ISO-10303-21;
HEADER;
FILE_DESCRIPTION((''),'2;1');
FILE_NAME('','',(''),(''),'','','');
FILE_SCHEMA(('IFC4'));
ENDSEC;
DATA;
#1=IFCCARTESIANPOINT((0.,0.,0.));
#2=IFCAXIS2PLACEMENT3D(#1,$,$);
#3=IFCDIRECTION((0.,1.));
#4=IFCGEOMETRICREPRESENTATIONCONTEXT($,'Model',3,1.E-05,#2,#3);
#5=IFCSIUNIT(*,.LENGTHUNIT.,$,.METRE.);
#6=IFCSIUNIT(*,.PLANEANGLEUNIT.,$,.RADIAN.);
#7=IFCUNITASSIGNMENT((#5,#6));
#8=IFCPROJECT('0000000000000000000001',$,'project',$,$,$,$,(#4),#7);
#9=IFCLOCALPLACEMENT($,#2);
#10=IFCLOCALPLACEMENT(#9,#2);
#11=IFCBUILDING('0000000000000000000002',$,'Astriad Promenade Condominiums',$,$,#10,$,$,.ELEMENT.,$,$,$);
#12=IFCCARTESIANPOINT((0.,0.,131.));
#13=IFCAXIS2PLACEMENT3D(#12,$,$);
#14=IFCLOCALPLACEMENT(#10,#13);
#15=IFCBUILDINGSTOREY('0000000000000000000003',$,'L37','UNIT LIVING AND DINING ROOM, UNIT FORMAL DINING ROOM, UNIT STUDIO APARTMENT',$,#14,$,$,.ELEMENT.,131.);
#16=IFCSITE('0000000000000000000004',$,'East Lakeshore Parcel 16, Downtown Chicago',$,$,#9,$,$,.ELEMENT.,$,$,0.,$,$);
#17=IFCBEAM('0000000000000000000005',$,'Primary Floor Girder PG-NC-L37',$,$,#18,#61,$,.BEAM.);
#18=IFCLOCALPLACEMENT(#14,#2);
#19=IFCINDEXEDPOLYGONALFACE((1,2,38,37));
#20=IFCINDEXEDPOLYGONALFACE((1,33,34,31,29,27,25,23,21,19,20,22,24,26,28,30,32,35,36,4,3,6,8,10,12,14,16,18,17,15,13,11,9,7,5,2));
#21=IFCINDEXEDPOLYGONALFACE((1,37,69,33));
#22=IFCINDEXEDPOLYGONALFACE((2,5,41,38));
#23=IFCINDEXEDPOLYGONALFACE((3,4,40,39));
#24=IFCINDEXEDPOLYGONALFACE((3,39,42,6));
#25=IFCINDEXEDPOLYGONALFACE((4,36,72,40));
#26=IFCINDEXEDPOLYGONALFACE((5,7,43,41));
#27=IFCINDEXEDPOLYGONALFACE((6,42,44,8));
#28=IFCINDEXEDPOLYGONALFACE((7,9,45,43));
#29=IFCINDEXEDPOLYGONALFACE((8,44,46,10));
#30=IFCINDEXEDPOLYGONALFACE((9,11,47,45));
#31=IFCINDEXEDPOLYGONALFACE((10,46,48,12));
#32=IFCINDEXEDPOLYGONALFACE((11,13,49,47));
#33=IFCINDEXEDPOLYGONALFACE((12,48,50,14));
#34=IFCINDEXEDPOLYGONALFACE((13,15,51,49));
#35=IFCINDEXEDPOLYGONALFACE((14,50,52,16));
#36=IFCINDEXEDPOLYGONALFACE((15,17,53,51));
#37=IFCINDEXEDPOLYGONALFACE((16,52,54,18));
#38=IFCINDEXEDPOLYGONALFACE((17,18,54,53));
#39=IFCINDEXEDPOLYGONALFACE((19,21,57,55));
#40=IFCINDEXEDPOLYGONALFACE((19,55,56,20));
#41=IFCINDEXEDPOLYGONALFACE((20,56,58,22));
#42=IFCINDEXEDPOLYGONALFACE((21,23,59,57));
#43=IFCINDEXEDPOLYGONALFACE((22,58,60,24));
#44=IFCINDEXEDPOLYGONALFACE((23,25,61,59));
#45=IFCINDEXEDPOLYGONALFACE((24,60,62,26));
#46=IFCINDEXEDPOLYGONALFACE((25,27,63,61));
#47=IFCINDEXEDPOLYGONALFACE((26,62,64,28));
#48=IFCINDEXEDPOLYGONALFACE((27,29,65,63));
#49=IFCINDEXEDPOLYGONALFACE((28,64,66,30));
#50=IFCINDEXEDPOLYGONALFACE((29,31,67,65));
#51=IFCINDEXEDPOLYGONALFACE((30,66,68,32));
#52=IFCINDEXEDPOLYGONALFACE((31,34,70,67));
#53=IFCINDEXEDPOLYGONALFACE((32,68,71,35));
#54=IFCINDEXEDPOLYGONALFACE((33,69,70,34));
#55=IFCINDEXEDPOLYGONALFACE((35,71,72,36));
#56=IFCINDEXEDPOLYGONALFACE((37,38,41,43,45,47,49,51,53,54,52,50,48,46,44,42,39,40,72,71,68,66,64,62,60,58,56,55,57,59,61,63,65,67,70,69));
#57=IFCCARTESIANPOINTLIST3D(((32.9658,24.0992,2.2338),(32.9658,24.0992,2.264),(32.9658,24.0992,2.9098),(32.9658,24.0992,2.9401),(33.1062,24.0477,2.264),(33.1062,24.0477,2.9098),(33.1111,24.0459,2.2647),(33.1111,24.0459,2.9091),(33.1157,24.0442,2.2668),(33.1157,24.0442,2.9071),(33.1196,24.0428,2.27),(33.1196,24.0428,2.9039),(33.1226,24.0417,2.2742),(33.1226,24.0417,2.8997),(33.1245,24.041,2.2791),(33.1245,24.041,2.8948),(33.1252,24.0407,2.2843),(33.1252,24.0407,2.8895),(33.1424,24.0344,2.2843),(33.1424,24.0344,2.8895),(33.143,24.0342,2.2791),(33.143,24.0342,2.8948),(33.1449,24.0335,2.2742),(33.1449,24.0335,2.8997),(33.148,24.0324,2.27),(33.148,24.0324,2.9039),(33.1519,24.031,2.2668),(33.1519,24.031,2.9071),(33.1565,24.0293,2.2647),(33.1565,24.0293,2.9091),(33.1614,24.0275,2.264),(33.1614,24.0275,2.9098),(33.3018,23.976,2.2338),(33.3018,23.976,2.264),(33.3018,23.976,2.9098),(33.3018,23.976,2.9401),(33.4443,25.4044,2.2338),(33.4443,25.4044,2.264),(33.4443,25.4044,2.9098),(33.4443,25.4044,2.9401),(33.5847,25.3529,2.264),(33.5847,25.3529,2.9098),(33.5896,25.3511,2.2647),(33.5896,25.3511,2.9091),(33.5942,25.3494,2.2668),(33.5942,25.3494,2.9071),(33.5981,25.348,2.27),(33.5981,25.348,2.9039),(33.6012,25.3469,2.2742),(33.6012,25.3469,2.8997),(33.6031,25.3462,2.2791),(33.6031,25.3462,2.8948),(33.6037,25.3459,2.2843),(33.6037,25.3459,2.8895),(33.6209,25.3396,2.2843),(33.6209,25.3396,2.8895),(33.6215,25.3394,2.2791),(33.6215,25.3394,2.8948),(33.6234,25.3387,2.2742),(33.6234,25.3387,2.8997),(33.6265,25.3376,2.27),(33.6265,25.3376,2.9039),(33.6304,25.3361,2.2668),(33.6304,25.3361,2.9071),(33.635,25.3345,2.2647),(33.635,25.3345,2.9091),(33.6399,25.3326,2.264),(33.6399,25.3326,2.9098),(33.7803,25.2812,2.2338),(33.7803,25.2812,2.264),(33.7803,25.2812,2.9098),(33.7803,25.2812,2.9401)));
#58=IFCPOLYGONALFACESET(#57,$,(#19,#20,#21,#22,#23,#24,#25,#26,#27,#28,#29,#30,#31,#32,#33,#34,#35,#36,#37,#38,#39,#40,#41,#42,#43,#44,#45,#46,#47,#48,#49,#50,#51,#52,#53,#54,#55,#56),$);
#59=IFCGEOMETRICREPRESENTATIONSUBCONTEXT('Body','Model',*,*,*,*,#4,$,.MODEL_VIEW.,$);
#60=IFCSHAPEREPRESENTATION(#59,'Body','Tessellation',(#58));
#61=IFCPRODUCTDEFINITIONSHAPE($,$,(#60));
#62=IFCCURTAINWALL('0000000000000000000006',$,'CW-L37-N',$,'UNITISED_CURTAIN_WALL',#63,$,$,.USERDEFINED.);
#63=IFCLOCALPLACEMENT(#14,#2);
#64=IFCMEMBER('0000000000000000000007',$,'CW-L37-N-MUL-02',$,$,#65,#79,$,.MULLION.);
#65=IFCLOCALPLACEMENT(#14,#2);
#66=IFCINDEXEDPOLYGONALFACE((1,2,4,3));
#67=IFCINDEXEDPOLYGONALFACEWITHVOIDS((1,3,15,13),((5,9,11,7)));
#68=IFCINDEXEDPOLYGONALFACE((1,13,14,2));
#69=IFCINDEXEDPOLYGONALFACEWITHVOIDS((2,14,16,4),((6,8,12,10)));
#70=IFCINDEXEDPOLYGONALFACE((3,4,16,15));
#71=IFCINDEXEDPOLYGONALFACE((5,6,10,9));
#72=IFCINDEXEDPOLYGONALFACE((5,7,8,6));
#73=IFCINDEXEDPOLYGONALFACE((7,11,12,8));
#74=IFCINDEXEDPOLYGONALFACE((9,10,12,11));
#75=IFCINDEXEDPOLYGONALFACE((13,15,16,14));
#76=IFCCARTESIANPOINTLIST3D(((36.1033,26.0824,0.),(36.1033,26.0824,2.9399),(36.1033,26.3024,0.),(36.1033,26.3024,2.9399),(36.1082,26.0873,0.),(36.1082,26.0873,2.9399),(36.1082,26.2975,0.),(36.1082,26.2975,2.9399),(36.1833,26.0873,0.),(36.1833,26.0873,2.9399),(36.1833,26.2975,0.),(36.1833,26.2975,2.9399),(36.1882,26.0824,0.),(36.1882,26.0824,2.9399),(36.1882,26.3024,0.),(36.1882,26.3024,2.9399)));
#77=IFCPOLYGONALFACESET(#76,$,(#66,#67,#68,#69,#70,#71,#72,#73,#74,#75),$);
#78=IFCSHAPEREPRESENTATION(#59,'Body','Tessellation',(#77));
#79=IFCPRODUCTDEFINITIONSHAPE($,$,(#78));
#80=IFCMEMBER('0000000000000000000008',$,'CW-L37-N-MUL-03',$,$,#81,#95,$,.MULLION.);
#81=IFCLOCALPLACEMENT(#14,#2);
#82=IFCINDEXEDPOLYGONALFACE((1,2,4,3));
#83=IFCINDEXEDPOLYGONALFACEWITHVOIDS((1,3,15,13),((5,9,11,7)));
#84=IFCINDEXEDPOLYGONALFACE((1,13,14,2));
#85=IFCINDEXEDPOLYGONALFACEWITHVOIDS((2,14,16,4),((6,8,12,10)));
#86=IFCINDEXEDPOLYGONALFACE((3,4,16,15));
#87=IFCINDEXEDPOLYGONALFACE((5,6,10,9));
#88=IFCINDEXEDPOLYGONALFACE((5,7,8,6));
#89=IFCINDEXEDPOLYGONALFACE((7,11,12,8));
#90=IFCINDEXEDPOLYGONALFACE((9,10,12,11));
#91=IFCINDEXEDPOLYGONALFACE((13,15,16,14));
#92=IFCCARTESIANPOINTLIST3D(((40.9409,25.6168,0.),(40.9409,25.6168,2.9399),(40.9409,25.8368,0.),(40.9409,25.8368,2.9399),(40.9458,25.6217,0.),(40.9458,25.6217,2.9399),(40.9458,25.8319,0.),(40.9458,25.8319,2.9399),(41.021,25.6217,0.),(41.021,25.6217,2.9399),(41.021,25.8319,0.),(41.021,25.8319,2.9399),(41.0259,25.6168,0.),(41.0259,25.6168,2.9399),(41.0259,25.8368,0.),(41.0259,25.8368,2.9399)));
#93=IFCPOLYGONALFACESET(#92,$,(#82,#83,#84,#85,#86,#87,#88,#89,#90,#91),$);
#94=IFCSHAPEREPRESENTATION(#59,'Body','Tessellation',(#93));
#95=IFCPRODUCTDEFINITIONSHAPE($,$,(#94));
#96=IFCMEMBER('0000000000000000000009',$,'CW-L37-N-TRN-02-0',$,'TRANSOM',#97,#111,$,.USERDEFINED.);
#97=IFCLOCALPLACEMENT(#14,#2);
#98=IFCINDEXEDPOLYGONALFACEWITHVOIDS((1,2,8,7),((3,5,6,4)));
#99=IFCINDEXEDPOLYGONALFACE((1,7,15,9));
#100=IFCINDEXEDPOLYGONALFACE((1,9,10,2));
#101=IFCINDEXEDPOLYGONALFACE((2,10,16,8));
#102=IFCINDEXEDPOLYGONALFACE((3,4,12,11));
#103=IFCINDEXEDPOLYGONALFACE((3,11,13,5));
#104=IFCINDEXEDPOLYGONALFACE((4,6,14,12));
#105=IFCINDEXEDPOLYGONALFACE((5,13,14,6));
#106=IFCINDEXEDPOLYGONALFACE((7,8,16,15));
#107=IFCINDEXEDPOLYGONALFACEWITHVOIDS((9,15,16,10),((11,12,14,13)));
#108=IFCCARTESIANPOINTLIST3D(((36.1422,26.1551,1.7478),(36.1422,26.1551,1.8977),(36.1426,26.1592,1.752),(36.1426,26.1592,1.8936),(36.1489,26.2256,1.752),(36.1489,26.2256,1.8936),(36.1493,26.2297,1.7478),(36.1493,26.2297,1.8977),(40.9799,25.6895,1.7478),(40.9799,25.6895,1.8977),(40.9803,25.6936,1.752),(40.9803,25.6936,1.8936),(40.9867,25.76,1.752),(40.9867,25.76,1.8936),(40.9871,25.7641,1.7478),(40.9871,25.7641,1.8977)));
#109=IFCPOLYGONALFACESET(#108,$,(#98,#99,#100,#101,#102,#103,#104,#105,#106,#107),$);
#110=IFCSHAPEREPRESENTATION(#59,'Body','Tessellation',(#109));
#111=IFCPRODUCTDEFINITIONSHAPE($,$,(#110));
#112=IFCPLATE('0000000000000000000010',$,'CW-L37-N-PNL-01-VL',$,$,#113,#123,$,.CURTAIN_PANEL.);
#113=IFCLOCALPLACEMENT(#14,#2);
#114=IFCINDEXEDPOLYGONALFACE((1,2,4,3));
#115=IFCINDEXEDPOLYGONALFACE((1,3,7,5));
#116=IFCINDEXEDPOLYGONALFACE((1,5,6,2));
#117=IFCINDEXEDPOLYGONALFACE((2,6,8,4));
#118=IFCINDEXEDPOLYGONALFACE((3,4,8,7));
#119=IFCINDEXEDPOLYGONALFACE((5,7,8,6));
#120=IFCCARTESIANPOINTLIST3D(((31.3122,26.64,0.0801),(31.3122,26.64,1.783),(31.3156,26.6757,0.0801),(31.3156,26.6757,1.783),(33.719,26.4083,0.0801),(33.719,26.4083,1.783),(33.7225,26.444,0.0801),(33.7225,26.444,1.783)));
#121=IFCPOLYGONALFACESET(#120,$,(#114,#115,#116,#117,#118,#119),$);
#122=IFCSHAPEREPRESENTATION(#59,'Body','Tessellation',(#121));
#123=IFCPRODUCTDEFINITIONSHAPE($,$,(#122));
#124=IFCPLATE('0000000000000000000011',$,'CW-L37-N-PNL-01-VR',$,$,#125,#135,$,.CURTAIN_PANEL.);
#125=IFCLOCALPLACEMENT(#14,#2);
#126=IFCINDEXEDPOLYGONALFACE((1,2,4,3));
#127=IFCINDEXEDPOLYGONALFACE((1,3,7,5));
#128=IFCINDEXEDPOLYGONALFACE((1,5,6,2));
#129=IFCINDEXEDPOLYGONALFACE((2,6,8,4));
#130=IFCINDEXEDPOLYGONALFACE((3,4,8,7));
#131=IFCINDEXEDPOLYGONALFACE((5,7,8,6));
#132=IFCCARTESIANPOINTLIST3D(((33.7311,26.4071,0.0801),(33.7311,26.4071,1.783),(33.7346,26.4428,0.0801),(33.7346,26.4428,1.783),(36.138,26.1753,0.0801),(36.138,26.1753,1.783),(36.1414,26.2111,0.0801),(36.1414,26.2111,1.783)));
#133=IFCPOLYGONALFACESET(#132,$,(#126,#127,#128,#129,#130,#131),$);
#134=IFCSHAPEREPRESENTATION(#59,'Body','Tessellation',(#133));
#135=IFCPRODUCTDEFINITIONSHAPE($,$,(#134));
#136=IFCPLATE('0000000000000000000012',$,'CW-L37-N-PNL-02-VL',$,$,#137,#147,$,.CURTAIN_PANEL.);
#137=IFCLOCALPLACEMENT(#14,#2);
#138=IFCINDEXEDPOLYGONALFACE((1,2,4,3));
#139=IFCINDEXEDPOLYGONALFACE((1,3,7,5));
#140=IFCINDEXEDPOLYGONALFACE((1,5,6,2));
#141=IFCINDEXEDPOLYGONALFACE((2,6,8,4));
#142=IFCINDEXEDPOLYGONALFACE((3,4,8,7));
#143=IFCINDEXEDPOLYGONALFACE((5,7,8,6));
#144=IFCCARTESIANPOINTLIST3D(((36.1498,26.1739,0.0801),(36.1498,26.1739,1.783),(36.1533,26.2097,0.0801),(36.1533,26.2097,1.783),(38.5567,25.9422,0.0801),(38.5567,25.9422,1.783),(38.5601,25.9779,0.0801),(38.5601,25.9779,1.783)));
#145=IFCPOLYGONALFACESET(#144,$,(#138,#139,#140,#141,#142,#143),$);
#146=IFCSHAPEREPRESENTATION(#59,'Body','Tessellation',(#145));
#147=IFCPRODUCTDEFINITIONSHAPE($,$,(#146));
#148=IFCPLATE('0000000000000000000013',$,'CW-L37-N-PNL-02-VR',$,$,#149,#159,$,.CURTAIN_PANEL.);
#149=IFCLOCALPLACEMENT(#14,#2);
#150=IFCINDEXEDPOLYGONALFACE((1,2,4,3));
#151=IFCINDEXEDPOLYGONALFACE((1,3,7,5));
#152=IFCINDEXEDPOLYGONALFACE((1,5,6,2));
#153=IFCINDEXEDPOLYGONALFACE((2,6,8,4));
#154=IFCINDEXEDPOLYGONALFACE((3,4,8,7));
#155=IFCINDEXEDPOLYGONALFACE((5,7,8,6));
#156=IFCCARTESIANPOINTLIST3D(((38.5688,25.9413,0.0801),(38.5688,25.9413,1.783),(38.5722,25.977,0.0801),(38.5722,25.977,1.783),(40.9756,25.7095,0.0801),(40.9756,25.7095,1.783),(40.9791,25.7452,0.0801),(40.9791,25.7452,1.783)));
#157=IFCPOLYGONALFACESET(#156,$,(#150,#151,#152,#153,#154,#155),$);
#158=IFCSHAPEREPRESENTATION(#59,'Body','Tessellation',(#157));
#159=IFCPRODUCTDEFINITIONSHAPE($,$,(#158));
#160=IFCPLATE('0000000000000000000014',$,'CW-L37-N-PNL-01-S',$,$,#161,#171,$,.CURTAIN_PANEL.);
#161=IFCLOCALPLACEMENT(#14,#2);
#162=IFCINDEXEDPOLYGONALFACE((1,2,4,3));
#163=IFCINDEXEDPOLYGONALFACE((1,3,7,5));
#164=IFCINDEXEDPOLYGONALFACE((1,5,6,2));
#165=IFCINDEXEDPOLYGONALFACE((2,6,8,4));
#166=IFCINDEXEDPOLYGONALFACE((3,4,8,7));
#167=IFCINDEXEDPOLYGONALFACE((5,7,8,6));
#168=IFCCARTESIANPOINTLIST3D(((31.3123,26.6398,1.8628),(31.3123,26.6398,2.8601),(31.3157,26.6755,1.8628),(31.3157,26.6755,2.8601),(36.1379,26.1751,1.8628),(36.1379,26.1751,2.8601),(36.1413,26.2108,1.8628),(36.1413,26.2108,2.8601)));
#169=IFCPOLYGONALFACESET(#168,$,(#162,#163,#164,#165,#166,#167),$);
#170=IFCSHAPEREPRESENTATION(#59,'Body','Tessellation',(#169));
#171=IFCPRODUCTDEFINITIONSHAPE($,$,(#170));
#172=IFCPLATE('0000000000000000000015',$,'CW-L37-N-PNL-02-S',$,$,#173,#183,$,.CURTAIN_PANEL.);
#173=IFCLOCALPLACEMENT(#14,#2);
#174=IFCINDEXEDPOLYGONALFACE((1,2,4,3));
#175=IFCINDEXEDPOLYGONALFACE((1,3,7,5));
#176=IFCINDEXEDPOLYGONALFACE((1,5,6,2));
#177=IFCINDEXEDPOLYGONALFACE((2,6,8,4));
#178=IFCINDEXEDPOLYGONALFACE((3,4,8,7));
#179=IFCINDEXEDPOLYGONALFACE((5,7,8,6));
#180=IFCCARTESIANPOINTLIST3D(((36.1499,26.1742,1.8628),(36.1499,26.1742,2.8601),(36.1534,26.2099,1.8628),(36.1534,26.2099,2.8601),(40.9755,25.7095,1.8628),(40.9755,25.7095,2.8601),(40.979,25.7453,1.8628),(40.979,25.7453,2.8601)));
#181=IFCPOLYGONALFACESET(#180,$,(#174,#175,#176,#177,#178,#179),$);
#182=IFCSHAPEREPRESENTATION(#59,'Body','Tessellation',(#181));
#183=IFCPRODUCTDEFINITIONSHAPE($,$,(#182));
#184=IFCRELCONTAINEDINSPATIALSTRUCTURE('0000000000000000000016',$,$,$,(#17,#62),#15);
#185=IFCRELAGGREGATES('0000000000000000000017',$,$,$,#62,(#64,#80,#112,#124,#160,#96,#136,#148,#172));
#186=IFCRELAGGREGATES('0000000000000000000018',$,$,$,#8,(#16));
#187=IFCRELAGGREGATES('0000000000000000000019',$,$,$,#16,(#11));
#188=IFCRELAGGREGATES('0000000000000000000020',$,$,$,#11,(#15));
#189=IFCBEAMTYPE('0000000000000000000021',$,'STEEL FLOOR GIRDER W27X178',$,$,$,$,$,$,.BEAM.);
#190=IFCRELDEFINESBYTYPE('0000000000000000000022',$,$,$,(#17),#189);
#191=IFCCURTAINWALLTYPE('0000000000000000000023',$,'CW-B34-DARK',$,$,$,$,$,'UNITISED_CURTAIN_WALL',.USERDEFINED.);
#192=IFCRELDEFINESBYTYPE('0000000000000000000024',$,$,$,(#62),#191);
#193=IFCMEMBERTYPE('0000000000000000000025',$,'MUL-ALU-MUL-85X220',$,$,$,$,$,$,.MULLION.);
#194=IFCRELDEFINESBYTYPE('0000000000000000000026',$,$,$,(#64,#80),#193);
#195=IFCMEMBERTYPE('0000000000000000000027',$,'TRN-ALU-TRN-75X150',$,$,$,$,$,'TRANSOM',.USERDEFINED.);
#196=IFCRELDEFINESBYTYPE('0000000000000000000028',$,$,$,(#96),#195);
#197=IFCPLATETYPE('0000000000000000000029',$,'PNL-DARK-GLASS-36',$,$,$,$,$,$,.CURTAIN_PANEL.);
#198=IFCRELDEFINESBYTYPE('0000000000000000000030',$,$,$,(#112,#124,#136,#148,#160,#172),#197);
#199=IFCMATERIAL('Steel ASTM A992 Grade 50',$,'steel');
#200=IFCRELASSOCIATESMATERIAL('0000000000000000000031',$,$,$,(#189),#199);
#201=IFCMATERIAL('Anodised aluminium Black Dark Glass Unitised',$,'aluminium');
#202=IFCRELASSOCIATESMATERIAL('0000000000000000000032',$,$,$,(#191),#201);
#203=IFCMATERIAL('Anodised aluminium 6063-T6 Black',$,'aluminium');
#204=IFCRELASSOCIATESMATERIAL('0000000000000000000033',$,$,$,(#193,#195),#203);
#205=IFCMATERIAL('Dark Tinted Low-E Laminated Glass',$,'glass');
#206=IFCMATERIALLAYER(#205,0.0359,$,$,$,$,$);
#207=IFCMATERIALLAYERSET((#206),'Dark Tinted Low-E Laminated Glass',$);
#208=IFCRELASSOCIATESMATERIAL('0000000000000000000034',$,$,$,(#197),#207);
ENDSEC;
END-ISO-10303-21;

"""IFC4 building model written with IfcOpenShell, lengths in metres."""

from ifc_helpers import new_model, si_unit, direction, frame, origin, origin_2d, place, context, subcontext, project, spatial, rectangle, hollow_rectangle, i_section, extrude, source, transform, mapped, material, layer, layer_set, material_profile, profile_set, type_object, type_shapes, element, aggregate, save


model = new_model("IFC4")

# Units and contexts
model_context = context("Model", 3, precision=1e-05, world=origin(), true_north=direction((0.0, 1.0)))
body_context = subcontext(model_context, "Body", "Model", "MODEL_VIEW")
ifc_project = project(units=[si_unit("LENGTHUNIT", "METRE"), si_unit("PLANEANGLEUNIT", "RADIAN")], contexts=[model_context])

# Site, building, storey
site_placement = place(None, origin())
site = spatial("IfcSite", under=ifc_project, at=site_placement, Name="East Lakeshore Parcel 16, Downtown Chicago", CompositionType="ELEMENT", RefElevation=0.0)
building_placement = place(site_placement, origin())
building = spatial("IfcBuilding", under=site, at=building_placement, Name="Astriad Promenade Condominiums", CompositionType="ELEMENT")
storey_placement = place(building_placement, frame((0.0, 0.0, 131.0)))
storey = spatial("IfcBuildingStorey", under=building, at=storey_placement, Name="L37", Description="UNIT LIVING AND DINING ROOM, UNIT FORMAL DINING ROOM, UNIT STUDIO APARTMENT", CompositionType="ELEMENT", Elevation=131.0)

# Shared definitions
ifc_material_1 = material(Name="Steel ASTM A992 Grade 50", Category="steel")

# Beam
ifc_material_profile_1 = material_profile(ifc_material_1, i_section(OverallWidth=0.3579, OverallDepth=0.7063, WebThickness=0.0183, FlangeThickness=0.0303, FilletRadius=0.0203, at=origin_2d()), Name="W27X178")
ifc_profile_set_1 = profile_set([ifc_material_profile_1], Name="Steel ASTM A992 Grade 50")
beam_type_1 = type_object("IfcBeamType", Name="STEEL FLOOR GIRDER W27X178", PredefinedType="BEAM", material=ifc_profile_set_1)
shared_shape_1 = source(origin(), body_context, "Body", "SweptSolid", [
    extrude(i_section(OverallWidth=0.3579, OverallDepth=0.7063, WebThickness=0.0183, FlangeThickness=0.0303, FilletRadius=0.0203, at=origin_2d()), origin(), (0.0, 0.0, 1.0), 1.3901),
])
type_shapes(beam_type_1, [shared_shape_1])
beam_1_placement = place(storey_placement, frame((33.6123, 25.3428, 2.5869), z_axis=(-0.344224, -0.938888, 0.0), x_axis=(0.938888, -0.344224, 0.0)))
element("IfcBeam", 1, at=beam_1_placement, inside=storey, type_object=beam_type_1, Name="Primary Floor Girder PG-NC-L37", PredefinedType="BEAM", context=body_context, shape_type="MappedRepresentation", body=[
    mapped(shared_shape_1, transform((0.0, 0.0, 0.0), scale=1.0)),
])

# Curtain wall, members, plates
ifc_material_2 = material(Name="Anodised aluminium Black Dark Glass Unitised", Category="aluminium")
curtain_wall_type = type_object("IfcCurtainWallType", Name="CW-B34-DARK", ElementType="UNITISED_CURTAIN_WALL", PredefinedType="USERDEFINED", material=ifc_material_2)
curtain_wall_placement = place(storey_placement, origin())
curtain_wall = element("IfcCurtainWall", 2, at=curtain_wall_placement, inside=storey, type_object=curtain_wall_type, Name="CW-L37-N", ObjectType="UNITISED_CURTAIN_WALL", PredefinedType="USERDEFINED")
ifc_material_3 = material(Name="Anodised aluminium 6063-T6 Black", Category="aluminium")
ifc_material_profile_2 = material_profile(ifc_material_3, hollow_rectangle(XDim=0.085, YDim=0.22, WallThickness=0.0049, at=origin_2d()), Name="ALU-MUL-85X220")
ifc_profile_set_2 = profile_set([ifc_material_profile_2], Name="Anodised aluminium 6063-T6 Black")
member_type_1 = type_object("IfcMemberType", Name="MUL-ALU-MUL-85X220", PredefinedType="MULLION", material=ifc_profile_set_2)
shared_shape_2 = source(origin(), body_context, "Body", "SweptSolid", [
    extrude(hollow_rectangle(XDim=0.085, YDim=0.22, WallThickness=0.0049, at=origin_2d()), origin(), (0.0, 0.0, 1.0), 2.9399),
])
type_shapes(member_type_1, [shared_shape_2])
member_1_placement = place(storey_placement, frame((36.1458, 26.1924, 0.0), z_axis=(0.0, 0.0, 1.0), x_axis=(1.0, 0.0, 0.0)))
member_1 = element("IfcMember", 3, at=member_1_placement, type_object=member_type_1, Name="CW-L37-N-MUL-02", PredefinedType="MULLION", context=body_context, shape_type="MappedRepresentation", body=[
    mapped(shared_shape_2, transform((0.0, 0.0, 0.0), scale=1.0)),
])
member_2_placement = place(storey_placement, frame((40.9834, 25.7268, 0.0), z_axis=(0.0, 0.0, 1.0), x_axis=(1.0, 0.0, 0.0)))
member_2 = element("IfcMember", 4, at=member_2_placement, type_object=member_type_1, Name="CW-L37-N-MUL-03", PredefinedType="MULLION", context=body_context, shape_type="MappedRepresentation", body=[
    mapped(shared_shape_2, transform((0.0, 0.0, 0.0), scale=1.0)),
])
ifc_material_profile_3 = material_profile(ifc_material_3, hollow_rectangle(XDim=0.075, YDim=0.1499, WallThickness=0.0042, at=origin_2d()), Name="ALU-TRN-75X150")
ifc_profile_set_3 = profile_set([ifc_material_profile_3], Name="Anodised aluminium 6063-T6 Black")
member_type_2 = type_object("IfcMemberType", Name="TRN-ALU-TRN-75X150", ElementType="TRANSOM", PredefinedType="USERDEFINED", material=ifc_profile_set_3)
shared_shape_3 = source(origin(), body_context, "Body", "SweptSolid", [
    extrude(hollow_rectangle(XDim=0.075, YDim=0.1499, WallThickness=0.0042, at=origin_2d()), origin(), (0.0, 0.0, 1.0), 4.8601),
])
type_shapes(member_type_2, [shared_shape_3])
member_3_placement = place(storey_placement, frame((36.1458, 26.1924, 1.8228), z_axis=(0.995401, -0.095798, 0.0), x_axis=(0.095798, 0.995401, 0.0)))
member_3 = element("IfcMember", 5, at=member_3_placement, type_object=member_type_2, Name="CW-L37-N-TRN-02-0", ObjectType="TRANSOM", PredefinedType="USERDEFINED", context=body_context, shape_type="MappedRepresentation", body=[
    mapped(shared_shape_3, transform((0.0, 0.0, 0.0), scale=1.0)),
])
ifc_material_4 = material(Name="Dark Tinted Low-E Laminated Glass", Category="glass")
ifc_layer_1 = layer(ifc_material_4, 0.0359)
ifc_layer_set_1 = layer_set([ifc_layer_1], Name="Dark Tinted Low-E Laminated Glass")
plate_type = type_object("IfcPlateType", Name="PNL-DARK-GLASS-36", PredefinedType="CURTAIN_PANEL", material=ifc_layer_set_1)
shared_shape_4 = source(origin(), body_context, "Body", "SweptSolid", [
    extrude(rectangle(XDim=2.418, YDim=0.0359, at=origin_2d()), origin(), (0.0, 0.0, 1.0), 1.7029),
])
plate_1_placement = place(storey_placement, frame((32.5173, 26.542, 0.0801), z_axis=(0.0, 0.0, 1.0), x_axis=(0.995396, -0.095846, 0.0)))
plate_1 = element("IfcPlate", 6, at=plate_1_placement, type_object=plate_type, Name="CW-L37-N-PNL-01-VL", PredefinedType="CURTAIN_PANEL", context=body_context, shape_type="MappedRepresentation", body=[
    mapped(shared_shape_4, transform((0.0, 0.0, 0.0), scale=1.0)),
])
plate_2_placement = place(storey_placement, frame((34.9363, 26.3091, 0.0801), z_axis=(0.0, 0.0, 1.0), x_axis=(0.995396, -0.095846, 0.0)))
plate_2 = element("IfcPlate", 7, at=plate_2_placement, type_object=plate_type, Name="CW-L37-N-PNL-01-VR", PredefinedType="CURTAIN_PANEL", context=body_context, shape_type="MappedRepresentation", body=[
    mapped(shared_shape_4, transform((0.0, 0.0, 0.0), scale=1.0)),
])
plate_3_placement = place(storey_placement, frame((37.355, 26.0759, 0.0801), z_axis=(0.0, 0.0, 1.0), x_axis=(0.995396, -0.095846, 0.0)))
plate_3 = element("IfcPlate", 8, at=plate_3_placement, type_object=plate_type, Name="CW-L37-N-PNL-02-VL", PredefinedType="CURTAIN_PANEL", context=body_context, shape_type="MappedRepresentation", body=[
    mapped(shared_shape_4, transform((0.0, 0.0, 0.0), scale=1.0)),
])
plate_4_placement = place(storey_placement, frame((39.7739, 25.8433, 0.0801), z_axis=(0.0, 0.0, 1.0), x_axis=(0.995396, -0.095846, 0.0)))
plate_4 = element("IfcPlate", 9, at=plate_4_placement, type_object=plate_type, Name="CW-L37-N-PNL-02-VR", PredefinedType="CURTAIN_PANEL", context=body_context, shape_type="MappedRepresentation", body=[
    mapped(shared_shape_4, transform((0.0, 0.0, 0.0), scale=1.0)),
])
shared_shape_5 = source(origin(), body_context, "Body", "SweptSolid", [
    extrude(rectangle(XDim=4.8479, YDim=0.0359, at=origin_2d()), origin(), (0.0, 0.0, 1.0), 0.9973),
])
type_shapes(plate_type, [shared_shape_4, shared_shape_5])
plate_5_placement = place(storey_placement, frame((33.7268, 26.4253, 1.8628), z_axis=(0.0, 0.0, 1.0), x_axis=(0.995396, -0.095846, 0.0)))
plate_5 = element("IfcPlate", 10, at=plate_5_placement, type_object=plate_type, Name="CW-L37-N-PNL-01-S", PredefinedType="CURTAIN_PANEL", context=body_context, shape_type="MappedRepresentation", body=[
    mapped(shared_shape_5, transform((0.0, 0.0, 0.0), scale=1.0)),
])
plate_6_placement = place(storey_placement, frame((38.5645, 25.9597, 1.8628), z_axis=(0.0, 0.0, 1.0), x_axis=(0.995396, -0.095846, 0.0)))
plate_6 = element("IfcPlate", 11, at=plate_6_placement, type_object=plate_type, Name="CW-L37-N-PNL-02-S", PredefinedType="CURTAIN_PANEL", context=body_context, shape_type="MappedRepresentation", body=[
    mapped(shared_shape_5, transform((0.0, 0.0, 0.0), scale=1.0)),
])
aggregate(curtain_wall, [member_1, member_2, plate_1, plate_2, plate_5, member_3, plate_3, plate_4, plate_6])

save(model, "model.ifc")
